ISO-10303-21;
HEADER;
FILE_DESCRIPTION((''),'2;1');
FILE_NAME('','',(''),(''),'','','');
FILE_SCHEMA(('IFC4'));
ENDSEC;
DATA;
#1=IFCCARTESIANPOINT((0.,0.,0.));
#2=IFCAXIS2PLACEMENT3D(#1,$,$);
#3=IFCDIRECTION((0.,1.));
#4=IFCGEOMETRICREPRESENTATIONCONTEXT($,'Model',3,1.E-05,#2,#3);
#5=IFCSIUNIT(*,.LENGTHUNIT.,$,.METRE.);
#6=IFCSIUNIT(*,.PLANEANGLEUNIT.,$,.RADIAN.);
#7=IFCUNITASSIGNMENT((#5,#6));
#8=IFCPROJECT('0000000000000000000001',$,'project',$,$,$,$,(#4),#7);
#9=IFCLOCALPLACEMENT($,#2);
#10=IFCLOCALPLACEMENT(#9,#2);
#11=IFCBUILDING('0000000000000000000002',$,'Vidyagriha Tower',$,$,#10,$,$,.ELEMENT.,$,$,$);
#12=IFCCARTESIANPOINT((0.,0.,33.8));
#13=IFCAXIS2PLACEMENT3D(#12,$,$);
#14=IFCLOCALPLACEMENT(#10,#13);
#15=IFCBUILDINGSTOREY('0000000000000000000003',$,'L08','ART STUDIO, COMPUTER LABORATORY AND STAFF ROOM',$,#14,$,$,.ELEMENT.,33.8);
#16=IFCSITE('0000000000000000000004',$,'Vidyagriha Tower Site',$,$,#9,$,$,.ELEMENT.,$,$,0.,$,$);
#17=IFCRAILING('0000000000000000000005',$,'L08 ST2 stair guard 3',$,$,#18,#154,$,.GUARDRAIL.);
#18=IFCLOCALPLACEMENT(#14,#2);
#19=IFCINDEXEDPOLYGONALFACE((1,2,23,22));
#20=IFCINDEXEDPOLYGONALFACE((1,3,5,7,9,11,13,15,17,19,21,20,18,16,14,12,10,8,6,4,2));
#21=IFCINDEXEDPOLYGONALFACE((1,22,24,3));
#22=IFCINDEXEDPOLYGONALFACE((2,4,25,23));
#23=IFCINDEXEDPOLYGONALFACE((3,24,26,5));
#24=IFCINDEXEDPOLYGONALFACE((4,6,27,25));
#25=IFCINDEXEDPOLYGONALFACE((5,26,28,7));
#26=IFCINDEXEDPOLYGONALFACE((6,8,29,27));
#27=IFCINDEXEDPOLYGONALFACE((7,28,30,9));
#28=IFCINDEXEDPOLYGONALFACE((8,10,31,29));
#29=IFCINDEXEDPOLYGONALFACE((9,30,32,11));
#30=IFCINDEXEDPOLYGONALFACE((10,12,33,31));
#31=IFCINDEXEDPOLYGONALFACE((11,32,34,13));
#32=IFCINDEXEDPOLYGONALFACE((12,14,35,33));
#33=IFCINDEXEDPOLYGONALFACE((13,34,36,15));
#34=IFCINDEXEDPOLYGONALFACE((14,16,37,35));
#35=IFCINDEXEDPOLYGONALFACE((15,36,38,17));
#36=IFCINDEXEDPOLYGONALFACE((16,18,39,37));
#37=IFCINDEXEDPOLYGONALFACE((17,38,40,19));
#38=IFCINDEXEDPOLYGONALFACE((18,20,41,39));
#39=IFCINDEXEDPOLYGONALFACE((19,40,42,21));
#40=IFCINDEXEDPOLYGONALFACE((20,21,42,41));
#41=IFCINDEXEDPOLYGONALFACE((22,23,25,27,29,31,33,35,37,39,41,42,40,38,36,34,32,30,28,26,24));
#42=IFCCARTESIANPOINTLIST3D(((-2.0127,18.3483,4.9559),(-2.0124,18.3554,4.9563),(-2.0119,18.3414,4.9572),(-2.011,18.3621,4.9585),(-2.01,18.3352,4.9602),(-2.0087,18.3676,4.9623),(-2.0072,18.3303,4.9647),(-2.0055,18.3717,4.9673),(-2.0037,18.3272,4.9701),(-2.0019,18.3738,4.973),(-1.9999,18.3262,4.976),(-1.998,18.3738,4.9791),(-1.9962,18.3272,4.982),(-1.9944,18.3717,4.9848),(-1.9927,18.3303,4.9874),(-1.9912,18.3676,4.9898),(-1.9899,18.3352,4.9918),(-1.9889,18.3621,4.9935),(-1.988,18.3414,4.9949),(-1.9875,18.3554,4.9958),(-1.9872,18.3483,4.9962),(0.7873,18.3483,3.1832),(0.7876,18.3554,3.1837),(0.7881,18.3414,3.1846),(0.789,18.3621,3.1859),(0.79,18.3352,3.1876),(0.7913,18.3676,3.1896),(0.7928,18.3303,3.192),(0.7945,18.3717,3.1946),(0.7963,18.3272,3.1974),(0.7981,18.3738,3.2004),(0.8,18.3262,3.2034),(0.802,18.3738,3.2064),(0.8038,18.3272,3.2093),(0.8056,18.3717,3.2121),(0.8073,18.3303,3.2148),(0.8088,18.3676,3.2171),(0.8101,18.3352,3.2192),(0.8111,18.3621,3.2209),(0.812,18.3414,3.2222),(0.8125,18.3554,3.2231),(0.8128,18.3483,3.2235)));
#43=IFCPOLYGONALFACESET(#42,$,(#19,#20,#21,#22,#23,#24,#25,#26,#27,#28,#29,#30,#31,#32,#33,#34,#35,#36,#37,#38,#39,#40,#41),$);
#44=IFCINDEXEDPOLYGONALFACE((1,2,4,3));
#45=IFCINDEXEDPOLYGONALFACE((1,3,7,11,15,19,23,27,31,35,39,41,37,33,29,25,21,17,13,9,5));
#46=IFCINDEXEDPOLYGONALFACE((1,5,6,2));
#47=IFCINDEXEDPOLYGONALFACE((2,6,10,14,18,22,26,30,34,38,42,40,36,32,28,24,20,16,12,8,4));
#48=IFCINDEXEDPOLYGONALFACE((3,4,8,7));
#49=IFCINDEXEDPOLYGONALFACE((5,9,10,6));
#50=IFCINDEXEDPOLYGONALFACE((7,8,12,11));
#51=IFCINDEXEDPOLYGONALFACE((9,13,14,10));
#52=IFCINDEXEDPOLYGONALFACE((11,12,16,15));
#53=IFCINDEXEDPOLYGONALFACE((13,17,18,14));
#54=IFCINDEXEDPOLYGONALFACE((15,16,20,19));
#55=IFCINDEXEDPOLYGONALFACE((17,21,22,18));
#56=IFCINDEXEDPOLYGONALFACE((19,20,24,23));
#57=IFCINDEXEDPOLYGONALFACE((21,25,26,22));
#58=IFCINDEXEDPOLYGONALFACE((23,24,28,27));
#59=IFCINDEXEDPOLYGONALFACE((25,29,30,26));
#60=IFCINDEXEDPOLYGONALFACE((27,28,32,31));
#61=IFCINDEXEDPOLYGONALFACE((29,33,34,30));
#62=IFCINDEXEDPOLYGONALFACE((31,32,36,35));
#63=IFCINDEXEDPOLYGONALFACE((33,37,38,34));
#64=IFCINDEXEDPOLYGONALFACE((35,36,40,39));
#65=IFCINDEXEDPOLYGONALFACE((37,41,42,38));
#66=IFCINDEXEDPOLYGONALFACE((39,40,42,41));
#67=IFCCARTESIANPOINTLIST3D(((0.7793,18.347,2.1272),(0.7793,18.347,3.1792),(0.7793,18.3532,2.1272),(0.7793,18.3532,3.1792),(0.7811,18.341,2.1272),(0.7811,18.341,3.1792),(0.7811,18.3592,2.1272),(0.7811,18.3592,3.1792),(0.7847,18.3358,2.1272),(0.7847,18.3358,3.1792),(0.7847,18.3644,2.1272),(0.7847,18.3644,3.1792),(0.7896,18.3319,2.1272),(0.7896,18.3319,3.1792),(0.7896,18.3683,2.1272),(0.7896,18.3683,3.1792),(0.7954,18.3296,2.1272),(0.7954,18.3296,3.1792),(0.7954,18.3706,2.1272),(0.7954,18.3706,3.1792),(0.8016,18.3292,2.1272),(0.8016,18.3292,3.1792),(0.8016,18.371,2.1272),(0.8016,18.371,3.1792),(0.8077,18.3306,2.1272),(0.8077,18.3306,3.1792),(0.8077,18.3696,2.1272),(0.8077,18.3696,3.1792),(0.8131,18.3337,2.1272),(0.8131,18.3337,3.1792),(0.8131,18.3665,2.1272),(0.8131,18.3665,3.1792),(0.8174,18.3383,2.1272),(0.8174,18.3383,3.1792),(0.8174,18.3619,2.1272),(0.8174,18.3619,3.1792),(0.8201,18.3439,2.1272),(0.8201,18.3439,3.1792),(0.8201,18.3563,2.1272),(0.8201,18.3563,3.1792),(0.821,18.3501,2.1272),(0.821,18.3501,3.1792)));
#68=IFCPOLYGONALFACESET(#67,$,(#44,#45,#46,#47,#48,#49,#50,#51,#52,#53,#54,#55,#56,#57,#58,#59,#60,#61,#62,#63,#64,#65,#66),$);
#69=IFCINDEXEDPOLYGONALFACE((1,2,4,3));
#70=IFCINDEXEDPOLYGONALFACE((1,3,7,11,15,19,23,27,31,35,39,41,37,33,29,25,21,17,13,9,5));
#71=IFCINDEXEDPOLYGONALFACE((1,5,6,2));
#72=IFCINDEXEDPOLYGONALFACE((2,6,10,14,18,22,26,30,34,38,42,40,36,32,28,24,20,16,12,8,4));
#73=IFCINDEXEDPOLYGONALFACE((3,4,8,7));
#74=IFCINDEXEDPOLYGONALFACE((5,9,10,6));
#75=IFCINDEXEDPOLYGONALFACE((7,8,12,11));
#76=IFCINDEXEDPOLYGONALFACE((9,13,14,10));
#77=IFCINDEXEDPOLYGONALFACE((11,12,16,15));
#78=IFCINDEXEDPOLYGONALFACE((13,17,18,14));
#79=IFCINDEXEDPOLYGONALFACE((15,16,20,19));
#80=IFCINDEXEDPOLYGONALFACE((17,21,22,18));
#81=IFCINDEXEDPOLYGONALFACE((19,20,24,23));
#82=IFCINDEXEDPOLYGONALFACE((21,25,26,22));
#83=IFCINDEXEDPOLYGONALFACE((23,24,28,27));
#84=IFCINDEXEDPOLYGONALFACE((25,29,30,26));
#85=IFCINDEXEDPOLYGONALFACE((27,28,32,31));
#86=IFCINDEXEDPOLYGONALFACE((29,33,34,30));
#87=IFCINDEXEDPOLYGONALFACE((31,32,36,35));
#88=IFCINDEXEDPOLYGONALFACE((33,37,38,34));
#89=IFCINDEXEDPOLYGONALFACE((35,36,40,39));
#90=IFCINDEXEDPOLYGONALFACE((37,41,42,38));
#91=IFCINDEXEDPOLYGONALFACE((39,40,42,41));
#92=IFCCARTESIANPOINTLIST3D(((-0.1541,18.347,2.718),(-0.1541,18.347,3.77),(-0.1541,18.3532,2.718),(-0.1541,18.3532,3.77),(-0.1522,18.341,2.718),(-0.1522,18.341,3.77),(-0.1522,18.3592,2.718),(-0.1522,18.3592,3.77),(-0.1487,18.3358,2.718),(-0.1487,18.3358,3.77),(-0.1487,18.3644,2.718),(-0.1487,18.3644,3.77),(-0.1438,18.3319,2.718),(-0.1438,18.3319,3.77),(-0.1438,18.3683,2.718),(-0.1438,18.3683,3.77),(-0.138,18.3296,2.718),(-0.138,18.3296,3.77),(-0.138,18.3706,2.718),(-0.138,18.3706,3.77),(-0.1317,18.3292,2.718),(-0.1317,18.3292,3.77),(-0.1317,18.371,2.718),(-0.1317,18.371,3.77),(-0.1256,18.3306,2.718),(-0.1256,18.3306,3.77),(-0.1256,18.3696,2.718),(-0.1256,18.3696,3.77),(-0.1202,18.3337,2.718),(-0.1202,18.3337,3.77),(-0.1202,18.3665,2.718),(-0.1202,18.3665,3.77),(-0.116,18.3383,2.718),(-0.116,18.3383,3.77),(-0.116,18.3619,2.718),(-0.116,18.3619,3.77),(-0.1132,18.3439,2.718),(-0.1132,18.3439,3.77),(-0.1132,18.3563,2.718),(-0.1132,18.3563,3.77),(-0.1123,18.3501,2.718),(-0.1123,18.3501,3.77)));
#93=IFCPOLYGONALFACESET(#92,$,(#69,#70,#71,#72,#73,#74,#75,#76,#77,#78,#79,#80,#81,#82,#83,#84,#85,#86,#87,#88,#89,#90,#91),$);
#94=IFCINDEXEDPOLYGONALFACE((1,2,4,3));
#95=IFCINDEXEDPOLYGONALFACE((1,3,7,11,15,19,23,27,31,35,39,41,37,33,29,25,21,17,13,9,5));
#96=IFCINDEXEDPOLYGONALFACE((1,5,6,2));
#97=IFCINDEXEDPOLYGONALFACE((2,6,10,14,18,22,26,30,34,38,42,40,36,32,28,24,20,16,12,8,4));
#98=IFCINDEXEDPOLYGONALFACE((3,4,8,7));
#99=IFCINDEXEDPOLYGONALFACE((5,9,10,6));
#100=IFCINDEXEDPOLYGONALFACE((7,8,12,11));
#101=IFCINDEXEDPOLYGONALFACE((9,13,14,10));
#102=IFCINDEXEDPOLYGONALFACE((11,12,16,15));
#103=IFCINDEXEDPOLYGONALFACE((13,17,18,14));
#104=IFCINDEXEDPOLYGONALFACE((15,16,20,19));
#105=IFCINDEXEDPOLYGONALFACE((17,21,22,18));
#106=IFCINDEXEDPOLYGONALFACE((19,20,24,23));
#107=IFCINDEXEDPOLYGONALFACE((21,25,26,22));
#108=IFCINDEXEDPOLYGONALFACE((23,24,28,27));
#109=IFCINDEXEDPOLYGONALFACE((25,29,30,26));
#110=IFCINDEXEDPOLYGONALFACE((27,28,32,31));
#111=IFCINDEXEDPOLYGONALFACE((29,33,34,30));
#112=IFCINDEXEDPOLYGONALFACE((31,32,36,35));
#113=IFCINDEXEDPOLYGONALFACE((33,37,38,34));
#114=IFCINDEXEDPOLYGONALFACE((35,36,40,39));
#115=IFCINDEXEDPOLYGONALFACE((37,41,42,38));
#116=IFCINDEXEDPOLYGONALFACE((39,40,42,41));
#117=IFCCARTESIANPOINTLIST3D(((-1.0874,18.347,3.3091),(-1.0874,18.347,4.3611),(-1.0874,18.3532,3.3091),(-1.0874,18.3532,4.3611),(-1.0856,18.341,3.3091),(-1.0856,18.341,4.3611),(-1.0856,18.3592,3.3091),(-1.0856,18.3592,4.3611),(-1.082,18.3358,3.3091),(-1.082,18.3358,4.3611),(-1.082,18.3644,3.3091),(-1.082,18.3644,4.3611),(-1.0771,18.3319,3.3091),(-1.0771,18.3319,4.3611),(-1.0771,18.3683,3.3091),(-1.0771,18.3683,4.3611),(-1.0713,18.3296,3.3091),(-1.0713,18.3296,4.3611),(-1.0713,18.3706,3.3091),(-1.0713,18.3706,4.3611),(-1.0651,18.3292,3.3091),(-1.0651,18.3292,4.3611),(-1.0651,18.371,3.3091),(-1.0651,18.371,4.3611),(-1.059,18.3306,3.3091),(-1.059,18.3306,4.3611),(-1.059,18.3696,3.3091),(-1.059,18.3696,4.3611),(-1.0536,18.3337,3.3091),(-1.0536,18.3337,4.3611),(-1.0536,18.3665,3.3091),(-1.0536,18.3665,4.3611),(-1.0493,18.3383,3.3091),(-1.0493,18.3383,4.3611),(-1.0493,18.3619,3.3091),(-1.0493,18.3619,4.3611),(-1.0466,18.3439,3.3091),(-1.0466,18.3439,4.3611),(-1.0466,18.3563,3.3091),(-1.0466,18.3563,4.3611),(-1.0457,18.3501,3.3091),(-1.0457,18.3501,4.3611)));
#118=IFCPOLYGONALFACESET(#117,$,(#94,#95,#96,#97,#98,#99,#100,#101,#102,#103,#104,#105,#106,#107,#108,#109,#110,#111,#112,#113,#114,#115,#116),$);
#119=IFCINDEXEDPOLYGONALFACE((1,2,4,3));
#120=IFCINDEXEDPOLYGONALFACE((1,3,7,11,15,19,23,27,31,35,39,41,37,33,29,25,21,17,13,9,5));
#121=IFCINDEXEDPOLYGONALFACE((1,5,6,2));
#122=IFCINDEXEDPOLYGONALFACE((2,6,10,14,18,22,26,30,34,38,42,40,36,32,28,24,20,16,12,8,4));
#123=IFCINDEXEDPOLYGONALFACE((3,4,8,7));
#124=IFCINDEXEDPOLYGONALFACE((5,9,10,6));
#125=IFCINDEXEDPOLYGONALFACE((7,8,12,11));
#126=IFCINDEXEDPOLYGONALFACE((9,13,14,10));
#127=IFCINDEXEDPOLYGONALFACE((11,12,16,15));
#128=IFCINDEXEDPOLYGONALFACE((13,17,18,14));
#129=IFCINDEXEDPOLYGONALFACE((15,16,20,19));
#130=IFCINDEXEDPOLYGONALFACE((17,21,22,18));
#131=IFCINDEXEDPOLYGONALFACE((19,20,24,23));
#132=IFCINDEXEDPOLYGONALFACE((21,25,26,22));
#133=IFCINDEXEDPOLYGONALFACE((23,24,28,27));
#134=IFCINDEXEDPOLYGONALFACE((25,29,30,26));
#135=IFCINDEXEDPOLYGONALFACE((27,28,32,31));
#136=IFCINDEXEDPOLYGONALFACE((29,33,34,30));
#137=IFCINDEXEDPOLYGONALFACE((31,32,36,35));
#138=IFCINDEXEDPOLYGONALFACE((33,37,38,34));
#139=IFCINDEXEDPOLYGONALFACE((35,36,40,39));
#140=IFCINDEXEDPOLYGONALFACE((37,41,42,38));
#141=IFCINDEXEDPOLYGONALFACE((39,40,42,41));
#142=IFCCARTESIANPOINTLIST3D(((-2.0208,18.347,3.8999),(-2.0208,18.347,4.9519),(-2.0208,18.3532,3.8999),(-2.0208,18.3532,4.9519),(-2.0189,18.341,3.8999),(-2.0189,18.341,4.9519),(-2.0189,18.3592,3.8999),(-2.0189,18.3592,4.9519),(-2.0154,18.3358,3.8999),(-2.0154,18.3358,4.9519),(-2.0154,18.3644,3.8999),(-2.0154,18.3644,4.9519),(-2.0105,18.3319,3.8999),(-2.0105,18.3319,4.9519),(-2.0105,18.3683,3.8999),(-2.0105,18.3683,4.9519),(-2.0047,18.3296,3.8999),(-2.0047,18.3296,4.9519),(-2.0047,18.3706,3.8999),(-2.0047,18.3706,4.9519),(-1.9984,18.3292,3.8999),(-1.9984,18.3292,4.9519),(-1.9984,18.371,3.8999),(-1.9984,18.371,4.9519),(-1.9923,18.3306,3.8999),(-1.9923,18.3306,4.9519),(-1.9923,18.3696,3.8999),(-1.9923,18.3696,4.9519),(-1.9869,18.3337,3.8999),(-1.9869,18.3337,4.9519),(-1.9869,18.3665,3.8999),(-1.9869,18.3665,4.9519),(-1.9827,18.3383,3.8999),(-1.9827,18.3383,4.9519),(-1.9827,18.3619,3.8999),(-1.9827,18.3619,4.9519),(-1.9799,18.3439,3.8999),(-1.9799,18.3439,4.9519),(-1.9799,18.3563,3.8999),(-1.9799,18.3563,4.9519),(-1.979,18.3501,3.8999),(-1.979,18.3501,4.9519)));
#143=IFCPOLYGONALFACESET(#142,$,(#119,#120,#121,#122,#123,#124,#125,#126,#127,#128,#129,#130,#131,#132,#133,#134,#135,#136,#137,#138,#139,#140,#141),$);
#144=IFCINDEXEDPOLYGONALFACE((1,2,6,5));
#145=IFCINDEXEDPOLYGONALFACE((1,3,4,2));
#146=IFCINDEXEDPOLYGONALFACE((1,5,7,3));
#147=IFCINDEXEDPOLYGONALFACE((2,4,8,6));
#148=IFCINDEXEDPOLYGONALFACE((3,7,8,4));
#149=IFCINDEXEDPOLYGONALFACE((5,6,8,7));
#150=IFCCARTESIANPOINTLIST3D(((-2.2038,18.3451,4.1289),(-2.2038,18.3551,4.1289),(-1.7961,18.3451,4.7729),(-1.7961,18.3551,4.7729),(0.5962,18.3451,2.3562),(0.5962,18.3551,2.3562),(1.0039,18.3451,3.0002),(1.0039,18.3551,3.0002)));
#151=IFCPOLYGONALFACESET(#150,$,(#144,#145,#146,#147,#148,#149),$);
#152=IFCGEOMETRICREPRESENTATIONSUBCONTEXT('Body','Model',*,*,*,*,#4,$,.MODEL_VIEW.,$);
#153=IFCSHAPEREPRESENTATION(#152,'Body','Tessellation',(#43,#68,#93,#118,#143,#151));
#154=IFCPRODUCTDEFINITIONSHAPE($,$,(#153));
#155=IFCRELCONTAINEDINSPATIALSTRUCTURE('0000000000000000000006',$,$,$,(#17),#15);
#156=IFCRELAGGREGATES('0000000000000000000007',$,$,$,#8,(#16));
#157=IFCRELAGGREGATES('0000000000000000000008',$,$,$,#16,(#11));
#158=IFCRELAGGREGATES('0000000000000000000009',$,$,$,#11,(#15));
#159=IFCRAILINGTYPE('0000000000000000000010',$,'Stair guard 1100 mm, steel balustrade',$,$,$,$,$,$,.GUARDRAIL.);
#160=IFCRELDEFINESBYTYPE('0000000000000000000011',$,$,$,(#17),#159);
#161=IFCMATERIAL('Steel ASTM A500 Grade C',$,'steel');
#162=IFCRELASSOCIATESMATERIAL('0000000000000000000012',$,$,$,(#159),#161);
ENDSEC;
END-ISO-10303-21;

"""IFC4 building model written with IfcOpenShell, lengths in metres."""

from ifc_helpers import new_model, si_unit, direction, frame, origin, origin_2d, place, context, subcontext, project, spatial, rectangle, circle, extrude, material, type_object, element, save


model = new_model("IFC4")

# Units and contexts
model_context = context("Model", 3, precision=1e-05, world=origin(), true_north=direction((0.0, 1.0)))
body_context = subcontext(model_context, "Body", "Model", "MODEL_VIEW")
ifc_project = project(units=[si_unit("LENGTHUNIT", "METRE"), si_unit("PLANEANGLEUNIT", "RADIAN")], contexts=[model_context])

# Site, building, storey
site_placement = place(None, origin())
site = spatial("IfcSite", under=ifc_project, at=site_placement, Name="Vidyagriha Tower Site", CompositionType="ELEMENT", RefElevation=0.0)
building_placement = place(site_placement, origin())
building = spatial("IfcBuilding", under=site, at=building_placement, Name="Vidyagriha Tower", CompositionType="ELEMENT")
storey_placement = place(building_placement, frame((0.0, 0.0, 33.8)))
storey = spatial("IfcBuildingStorey", under=building, at=storey_placement, Name="L08", Description="ART STUDIO, COMPUTER LABORATORY AND STAFF ROOM", CompositionType="ELEMENT", Elevation=33.8)

# Railing
ifc_material_1 = material(Name="Steel ASTM A500 Grade C", Category="steel")
railing_type_1 = type_object("IfcRailingType", Name="Stair guard 1100 mm, steel balustrade", PredefinedType="GUARDRAIL", material=ifc_material_1)
railing_1_placement = place(storey_placement, frame((0.8, 18.3501, 2.1272)))
element("IfcRailing", 1, at=railing_1_placement, inside=storey, type_object=railing_type_1, Name="L08 ST2 stair guard 3", PredefinedType="GUARDRAIL", context=body_context, shape_type="SweptSolid", body=[
    extrude(circle(Radius=0.0239, at=origin_2d()), frame((0.0, 0.0, 1.0762), z_axis=(-0.844909, 0.0, 0.53491), x_axis=(0.0, -1.0, 0.0)), (0.0, 0.0, 1.0), 3.314),
    extrude(circle(Radius=0.021, at=origin_2d()), origin(), (0.0, 0.0, 1.0), 1.052),
    extrude(circle(Radius=0.021, at=origin_2d()), frame((-0.9333, 0.0, 0.5908)), (0.0, 0.0, 1.0), 1.052),
    extrude(circle(Radius=0.021, at=origin_2d()), frame((-1.8667, 0.0, 1.1819)), (0.0, 0.0, 1.0), 1.052),
    extrude(circle(Radius=0.021, at=origin_2d()), frame((-2.8, 0.0, 1.7727)), (0.0, 0.0, 1.0), 1.052),
    extrude(rectangle(XDim=0.01, YDim=0.7622, at=origin_2d()), frame((0.0, 0.0, 0.551), z_axis=(-0.844909, 0.0, 0.53491), x_axis=(0.0, -1.0, 0.0)), (0.0, 0.0, 1.0), 3.314),
])

save(model, "model.ifc")
